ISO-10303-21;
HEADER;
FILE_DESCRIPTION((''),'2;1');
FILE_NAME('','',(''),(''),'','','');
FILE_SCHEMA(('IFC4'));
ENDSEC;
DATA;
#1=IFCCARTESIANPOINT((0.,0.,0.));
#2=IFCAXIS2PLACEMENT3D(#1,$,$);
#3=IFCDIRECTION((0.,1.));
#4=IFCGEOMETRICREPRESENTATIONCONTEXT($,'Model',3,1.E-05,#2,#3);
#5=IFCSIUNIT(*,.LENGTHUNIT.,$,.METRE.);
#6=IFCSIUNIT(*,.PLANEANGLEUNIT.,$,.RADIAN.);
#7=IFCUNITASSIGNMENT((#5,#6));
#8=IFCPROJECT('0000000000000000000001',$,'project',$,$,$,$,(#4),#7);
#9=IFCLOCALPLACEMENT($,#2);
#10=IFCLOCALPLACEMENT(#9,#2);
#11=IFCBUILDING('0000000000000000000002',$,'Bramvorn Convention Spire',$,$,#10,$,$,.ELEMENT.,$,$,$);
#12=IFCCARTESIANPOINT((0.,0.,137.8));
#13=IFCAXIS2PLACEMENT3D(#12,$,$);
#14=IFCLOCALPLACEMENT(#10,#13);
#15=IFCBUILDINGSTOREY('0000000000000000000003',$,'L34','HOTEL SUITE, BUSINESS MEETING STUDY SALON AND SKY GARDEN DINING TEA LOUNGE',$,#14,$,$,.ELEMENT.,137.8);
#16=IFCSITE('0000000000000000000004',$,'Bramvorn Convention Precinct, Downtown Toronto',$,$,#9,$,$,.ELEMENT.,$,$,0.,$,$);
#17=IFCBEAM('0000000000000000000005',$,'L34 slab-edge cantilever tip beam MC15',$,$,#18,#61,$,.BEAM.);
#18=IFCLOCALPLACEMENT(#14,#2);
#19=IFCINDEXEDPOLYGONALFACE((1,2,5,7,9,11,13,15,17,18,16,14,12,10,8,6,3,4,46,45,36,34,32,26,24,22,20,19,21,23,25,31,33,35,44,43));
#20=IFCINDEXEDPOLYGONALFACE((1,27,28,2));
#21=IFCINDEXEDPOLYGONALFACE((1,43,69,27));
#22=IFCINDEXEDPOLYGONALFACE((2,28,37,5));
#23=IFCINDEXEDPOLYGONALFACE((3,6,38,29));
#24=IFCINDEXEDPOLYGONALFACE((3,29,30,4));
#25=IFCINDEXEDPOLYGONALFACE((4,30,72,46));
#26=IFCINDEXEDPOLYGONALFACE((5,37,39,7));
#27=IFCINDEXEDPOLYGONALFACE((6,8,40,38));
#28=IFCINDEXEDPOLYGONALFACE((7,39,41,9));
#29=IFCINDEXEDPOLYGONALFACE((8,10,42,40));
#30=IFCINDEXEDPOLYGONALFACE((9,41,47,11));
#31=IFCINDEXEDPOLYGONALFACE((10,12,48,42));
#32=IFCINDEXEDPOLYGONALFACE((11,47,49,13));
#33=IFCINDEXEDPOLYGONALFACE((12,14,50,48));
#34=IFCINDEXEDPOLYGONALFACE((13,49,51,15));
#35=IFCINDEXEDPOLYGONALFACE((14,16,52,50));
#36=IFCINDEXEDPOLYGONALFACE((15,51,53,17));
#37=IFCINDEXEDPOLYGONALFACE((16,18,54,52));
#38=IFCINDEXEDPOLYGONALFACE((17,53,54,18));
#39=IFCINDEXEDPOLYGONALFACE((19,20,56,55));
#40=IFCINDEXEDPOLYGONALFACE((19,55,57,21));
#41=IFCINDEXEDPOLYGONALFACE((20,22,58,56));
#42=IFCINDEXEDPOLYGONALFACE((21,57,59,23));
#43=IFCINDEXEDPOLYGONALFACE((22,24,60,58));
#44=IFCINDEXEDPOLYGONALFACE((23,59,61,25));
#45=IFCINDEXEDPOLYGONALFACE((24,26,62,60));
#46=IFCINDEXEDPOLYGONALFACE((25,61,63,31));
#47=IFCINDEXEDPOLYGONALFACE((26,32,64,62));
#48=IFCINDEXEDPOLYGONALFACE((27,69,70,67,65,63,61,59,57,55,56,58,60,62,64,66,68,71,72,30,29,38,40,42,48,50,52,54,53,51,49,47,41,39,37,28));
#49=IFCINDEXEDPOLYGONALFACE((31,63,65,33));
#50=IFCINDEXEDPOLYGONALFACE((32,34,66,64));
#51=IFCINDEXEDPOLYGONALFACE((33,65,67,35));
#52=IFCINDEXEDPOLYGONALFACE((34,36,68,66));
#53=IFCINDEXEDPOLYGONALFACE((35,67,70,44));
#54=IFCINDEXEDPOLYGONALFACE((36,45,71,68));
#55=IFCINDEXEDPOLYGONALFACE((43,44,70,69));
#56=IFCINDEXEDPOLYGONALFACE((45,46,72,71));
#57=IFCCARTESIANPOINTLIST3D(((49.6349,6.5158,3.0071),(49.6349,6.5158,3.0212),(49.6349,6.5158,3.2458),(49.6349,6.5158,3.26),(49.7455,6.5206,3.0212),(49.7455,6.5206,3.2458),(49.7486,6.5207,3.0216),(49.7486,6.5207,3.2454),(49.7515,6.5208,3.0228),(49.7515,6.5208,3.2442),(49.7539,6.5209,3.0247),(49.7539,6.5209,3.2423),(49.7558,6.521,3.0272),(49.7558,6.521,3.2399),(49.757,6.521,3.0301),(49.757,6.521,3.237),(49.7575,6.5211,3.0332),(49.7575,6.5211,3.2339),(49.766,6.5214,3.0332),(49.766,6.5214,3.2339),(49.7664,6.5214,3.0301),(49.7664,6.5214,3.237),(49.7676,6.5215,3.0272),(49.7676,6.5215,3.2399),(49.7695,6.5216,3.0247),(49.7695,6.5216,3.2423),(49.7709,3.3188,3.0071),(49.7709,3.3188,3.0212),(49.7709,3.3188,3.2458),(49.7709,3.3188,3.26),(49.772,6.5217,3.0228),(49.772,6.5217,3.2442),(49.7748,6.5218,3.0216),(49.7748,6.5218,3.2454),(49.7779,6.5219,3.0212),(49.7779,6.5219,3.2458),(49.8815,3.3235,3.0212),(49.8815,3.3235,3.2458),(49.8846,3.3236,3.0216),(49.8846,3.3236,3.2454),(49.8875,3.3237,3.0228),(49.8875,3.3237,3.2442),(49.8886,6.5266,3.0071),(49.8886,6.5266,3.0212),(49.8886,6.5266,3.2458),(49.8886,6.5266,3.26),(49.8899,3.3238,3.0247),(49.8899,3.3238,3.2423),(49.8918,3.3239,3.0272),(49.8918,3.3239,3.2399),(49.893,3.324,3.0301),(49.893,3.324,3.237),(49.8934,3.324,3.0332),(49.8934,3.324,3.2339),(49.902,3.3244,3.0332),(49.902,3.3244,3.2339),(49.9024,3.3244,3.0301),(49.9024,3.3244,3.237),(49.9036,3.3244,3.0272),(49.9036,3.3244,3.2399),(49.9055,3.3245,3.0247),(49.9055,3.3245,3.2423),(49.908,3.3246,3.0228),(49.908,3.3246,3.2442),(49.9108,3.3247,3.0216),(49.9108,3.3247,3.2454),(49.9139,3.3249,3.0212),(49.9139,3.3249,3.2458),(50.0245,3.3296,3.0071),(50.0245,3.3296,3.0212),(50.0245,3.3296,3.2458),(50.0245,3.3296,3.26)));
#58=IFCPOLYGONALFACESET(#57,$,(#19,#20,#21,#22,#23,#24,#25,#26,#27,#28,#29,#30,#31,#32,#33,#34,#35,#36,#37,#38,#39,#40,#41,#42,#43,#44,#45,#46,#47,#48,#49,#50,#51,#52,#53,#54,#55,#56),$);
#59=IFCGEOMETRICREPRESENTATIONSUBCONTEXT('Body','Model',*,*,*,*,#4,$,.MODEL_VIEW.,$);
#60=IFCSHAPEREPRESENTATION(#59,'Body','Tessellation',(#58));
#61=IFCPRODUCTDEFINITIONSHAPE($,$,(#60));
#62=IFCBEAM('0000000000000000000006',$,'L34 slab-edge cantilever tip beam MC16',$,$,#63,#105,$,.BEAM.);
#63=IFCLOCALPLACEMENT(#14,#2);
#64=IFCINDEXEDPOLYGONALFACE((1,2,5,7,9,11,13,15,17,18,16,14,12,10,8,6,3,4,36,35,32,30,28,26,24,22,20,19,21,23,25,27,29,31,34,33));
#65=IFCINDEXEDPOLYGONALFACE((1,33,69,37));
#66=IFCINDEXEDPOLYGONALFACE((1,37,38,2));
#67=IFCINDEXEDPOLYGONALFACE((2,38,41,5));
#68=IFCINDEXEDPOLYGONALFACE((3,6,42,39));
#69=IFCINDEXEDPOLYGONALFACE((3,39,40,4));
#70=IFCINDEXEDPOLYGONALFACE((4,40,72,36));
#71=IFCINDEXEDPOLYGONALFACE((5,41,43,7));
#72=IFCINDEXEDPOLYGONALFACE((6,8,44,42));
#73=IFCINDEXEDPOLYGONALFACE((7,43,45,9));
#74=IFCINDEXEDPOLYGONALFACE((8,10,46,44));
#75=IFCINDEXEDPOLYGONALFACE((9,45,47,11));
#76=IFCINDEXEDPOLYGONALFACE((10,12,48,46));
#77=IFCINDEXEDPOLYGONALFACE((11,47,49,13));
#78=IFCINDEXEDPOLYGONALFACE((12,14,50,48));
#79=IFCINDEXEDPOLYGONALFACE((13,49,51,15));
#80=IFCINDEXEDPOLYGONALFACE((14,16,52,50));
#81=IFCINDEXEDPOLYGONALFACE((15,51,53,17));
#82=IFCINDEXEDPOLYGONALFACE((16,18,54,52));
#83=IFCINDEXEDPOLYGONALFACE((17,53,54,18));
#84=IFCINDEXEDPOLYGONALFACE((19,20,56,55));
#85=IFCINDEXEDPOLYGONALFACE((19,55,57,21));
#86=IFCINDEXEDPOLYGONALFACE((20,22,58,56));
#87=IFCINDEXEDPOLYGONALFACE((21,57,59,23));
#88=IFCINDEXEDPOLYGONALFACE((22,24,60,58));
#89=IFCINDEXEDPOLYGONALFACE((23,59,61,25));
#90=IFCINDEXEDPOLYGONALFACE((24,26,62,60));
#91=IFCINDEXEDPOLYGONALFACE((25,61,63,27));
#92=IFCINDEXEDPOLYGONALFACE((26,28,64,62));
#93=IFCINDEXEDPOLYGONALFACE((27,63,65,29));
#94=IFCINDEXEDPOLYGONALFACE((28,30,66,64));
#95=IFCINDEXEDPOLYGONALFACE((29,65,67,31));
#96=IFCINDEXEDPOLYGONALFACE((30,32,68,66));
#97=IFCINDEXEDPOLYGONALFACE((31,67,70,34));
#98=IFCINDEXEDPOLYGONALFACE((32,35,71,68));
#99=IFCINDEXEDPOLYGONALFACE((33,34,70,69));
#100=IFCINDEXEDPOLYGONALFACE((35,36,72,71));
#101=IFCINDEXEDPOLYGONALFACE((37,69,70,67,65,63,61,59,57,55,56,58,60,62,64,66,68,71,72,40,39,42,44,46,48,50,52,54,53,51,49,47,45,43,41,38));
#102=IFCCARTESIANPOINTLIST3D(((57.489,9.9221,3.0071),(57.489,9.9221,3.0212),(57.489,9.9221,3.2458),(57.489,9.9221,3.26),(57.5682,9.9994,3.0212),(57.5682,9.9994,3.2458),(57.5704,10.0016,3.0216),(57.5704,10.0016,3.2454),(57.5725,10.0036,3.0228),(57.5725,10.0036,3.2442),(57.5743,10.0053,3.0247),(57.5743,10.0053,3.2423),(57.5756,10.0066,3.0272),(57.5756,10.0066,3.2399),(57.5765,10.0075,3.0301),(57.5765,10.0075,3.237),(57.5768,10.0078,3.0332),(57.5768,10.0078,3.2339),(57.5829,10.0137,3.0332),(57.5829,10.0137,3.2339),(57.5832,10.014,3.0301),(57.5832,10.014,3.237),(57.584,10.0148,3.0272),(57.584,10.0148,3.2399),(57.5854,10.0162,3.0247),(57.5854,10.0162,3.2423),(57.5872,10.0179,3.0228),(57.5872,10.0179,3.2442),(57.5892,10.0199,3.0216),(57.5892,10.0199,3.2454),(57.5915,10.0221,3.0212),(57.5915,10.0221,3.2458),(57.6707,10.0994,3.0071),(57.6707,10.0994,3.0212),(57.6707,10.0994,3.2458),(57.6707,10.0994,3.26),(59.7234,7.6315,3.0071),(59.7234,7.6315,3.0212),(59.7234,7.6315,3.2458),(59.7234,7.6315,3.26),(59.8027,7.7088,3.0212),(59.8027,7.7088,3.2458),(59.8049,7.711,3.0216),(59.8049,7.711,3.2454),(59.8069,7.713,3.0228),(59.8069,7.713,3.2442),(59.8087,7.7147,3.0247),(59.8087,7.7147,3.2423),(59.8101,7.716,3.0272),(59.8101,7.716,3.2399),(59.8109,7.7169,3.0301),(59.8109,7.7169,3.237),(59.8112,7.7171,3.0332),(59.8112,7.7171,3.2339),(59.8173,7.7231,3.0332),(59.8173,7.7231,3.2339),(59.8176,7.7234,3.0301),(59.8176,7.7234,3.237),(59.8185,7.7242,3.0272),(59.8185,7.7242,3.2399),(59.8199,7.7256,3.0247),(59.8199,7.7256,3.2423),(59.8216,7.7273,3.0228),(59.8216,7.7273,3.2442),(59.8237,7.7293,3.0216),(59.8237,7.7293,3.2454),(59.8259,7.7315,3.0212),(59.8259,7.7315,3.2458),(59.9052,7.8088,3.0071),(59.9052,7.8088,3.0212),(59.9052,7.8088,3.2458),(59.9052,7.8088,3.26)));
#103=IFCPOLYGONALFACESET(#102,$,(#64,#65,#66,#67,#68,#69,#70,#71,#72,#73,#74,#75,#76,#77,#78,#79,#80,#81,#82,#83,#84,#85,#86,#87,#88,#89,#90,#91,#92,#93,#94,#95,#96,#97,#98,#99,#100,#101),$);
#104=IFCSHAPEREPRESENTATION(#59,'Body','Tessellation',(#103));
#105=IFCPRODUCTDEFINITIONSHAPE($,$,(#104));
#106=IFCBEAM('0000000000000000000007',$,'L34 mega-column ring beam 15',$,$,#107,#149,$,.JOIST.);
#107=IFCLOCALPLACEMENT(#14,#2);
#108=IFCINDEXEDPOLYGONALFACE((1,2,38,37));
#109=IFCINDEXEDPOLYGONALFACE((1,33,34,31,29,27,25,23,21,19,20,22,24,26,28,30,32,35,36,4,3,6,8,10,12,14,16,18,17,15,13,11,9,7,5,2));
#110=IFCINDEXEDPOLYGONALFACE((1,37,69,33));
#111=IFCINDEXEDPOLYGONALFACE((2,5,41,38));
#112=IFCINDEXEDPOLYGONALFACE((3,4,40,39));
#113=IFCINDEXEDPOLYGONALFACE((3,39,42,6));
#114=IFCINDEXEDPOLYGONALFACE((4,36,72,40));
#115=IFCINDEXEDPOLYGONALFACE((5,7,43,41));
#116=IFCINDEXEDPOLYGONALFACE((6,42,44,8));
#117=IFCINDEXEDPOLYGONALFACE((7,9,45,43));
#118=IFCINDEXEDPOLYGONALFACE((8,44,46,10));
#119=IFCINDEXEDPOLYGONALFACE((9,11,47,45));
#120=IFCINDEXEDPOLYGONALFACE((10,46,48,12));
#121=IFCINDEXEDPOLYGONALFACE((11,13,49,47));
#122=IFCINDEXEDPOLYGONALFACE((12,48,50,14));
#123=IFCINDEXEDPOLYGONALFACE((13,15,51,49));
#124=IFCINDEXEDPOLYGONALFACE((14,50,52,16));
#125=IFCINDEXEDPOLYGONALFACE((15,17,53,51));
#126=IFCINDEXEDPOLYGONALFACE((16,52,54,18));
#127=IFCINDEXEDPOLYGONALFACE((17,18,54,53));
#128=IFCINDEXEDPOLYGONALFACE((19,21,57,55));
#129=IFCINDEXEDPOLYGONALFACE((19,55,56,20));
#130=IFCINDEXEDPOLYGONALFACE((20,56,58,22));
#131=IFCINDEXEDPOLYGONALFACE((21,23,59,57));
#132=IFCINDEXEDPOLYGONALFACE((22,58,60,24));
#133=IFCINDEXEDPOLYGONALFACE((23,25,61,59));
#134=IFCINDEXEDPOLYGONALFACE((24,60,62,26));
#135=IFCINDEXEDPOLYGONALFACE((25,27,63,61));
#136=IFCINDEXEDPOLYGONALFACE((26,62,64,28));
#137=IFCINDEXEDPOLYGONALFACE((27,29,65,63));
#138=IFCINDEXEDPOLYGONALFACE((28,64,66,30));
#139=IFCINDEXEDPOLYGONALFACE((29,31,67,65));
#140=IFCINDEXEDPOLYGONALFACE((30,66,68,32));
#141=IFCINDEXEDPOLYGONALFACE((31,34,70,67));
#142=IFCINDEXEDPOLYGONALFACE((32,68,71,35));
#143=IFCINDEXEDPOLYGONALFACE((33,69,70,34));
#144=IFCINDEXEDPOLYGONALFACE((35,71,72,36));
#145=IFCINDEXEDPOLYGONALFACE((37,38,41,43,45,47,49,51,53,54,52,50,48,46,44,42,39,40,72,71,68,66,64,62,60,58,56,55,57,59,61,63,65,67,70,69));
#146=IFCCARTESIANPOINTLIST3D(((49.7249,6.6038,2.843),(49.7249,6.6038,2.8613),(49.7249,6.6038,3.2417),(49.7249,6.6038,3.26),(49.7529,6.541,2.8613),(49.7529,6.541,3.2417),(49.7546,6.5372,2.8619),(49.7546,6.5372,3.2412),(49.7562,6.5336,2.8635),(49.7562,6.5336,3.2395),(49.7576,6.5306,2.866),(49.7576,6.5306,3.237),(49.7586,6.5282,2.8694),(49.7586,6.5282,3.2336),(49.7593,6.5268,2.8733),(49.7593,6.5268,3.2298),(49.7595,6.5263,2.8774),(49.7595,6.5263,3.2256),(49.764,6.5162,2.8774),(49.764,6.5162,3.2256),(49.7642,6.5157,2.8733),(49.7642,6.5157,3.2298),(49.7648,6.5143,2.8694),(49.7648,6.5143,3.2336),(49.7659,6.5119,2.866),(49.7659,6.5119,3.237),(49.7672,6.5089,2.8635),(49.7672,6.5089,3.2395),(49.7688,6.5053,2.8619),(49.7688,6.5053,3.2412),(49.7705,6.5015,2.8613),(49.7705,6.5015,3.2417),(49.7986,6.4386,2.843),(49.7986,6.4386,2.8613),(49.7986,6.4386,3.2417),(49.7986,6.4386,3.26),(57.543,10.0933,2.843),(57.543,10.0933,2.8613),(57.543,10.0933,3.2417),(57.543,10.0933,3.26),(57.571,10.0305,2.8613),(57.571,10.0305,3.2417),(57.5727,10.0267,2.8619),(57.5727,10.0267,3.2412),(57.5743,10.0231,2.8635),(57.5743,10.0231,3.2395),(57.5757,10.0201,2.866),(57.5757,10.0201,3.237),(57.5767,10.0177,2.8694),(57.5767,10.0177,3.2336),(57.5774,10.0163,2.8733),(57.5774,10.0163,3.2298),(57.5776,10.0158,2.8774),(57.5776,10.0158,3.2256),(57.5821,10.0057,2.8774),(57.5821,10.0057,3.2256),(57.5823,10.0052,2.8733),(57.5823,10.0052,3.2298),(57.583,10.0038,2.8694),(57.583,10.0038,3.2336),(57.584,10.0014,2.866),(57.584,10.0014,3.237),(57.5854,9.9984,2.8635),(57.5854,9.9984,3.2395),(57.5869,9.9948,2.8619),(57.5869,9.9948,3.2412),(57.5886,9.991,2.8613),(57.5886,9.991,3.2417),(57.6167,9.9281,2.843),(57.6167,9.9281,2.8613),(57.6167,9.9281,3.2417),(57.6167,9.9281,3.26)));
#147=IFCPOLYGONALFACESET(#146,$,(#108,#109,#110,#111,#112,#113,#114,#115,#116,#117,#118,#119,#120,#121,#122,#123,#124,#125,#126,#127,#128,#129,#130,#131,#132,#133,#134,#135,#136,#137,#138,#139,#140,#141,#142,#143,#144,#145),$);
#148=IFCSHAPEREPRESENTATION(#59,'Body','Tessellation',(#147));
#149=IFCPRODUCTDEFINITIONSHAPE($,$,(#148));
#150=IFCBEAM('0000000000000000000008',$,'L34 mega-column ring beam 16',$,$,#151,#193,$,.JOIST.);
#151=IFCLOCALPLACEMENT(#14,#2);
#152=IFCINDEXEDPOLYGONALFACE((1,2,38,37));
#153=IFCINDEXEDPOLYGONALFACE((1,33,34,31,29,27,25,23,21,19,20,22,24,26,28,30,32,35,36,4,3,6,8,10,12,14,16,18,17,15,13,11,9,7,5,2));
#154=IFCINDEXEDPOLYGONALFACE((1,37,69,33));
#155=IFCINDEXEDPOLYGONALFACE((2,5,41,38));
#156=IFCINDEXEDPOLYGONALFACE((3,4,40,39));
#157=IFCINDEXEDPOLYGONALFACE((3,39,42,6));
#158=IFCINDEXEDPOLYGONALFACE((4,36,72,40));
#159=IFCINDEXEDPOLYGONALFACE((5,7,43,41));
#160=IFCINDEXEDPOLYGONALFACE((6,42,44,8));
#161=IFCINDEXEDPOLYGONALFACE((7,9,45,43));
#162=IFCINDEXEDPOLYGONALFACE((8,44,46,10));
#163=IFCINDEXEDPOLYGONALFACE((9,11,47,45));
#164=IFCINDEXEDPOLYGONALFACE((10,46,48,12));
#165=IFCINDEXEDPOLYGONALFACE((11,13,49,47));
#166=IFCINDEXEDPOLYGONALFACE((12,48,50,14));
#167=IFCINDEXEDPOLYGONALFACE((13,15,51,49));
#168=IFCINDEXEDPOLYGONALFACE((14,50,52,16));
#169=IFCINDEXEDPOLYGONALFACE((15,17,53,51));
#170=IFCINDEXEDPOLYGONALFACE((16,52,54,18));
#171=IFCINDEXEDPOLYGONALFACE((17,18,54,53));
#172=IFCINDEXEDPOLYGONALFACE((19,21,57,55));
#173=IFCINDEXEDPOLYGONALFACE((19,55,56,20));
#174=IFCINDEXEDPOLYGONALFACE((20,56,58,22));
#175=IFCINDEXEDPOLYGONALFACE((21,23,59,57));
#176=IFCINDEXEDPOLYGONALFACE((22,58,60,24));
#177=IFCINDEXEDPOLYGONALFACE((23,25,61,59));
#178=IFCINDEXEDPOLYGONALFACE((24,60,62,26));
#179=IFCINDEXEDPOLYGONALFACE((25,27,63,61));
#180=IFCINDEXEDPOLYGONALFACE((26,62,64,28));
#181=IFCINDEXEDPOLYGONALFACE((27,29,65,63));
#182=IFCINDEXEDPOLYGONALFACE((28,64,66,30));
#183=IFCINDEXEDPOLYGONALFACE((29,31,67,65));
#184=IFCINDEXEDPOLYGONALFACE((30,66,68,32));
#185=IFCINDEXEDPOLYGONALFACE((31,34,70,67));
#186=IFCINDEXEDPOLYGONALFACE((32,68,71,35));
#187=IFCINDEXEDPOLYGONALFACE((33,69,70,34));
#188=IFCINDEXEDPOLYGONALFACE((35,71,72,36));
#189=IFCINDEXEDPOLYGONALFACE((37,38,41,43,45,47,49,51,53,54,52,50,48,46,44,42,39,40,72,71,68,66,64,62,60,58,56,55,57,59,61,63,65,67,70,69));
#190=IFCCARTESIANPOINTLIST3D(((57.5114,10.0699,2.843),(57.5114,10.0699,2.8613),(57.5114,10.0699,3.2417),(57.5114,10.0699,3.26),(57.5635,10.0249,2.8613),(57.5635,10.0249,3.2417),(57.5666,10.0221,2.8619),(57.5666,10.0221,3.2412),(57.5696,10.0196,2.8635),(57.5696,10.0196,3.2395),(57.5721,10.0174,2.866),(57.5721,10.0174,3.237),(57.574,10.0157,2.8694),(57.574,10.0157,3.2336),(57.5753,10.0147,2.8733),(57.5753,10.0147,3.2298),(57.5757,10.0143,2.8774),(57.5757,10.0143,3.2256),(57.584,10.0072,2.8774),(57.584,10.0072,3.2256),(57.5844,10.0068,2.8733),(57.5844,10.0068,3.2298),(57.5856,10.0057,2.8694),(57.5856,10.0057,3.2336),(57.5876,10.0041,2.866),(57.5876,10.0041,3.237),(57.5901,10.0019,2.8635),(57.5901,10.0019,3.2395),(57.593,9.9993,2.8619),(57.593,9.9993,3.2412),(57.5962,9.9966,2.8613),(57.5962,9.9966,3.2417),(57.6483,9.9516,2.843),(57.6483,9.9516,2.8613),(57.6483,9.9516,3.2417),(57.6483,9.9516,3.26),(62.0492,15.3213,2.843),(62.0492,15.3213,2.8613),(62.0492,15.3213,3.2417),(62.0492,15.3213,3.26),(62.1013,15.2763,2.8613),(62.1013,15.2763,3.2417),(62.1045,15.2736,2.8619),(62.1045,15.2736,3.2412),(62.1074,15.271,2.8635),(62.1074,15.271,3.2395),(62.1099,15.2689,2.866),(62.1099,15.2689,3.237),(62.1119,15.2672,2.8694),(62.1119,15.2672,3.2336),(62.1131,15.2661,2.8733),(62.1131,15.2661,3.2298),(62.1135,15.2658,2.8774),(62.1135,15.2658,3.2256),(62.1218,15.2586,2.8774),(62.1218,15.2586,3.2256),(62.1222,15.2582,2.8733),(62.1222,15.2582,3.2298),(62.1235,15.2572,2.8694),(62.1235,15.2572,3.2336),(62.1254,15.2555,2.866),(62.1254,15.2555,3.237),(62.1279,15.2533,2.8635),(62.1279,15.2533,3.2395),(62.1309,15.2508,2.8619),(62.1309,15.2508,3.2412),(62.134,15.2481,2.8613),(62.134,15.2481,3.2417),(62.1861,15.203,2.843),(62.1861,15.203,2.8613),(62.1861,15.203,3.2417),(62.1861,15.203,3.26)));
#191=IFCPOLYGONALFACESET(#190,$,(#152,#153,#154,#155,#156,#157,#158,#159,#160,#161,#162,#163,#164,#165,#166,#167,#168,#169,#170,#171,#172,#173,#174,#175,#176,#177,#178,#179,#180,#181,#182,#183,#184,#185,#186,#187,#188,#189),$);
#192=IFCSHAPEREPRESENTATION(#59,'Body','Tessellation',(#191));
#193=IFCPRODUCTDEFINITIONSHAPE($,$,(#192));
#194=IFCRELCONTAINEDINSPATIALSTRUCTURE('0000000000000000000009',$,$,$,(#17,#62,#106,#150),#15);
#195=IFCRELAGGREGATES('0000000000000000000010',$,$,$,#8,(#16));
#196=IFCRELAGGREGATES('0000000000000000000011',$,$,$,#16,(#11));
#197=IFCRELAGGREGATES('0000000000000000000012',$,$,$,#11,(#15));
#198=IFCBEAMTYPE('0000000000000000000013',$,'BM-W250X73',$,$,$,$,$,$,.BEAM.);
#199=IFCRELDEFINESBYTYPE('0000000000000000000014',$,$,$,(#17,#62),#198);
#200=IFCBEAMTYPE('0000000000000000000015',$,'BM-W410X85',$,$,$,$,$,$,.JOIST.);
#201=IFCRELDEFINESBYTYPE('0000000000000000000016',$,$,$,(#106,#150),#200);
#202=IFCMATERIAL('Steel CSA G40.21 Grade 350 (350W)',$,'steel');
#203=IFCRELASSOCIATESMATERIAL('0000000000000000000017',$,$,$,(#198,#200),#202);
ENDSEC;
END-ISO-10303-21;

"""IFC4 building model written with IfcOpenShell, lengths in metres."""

from ifc_helpers import new_model, si_unit, direction, frame, origin, origin_2d, place, context, subcontext, project, spatial, i_section, extrude, material, material_profile, profile_set, type_object, element, save


model = new_model("IFC4")

# Units and contexts
model_context = context("Model", 3, precision=1e-05, world=origin(), true_north=direction((0.0, 1.0)))
body_context = subcontext(model_context, "Body", "Model", "MODEL_VIEW")
ifc_project = project(units=[si_unit("LENGTHUNIT", "METRE"), si_unit("PLANEANGLEUNIT", "RADIAN")], contexts=[model_context])

# Site, building, storey
site_placement = place(None, origin())
site = spatial("IfcSite", under=ifc_project, at=site_placement, Name="Bramvorn Convention Precinct, Downtown Toronto", CompositionType="ELEMENT", RefElevation=0.0)
building_placement = place(site_placement, origin())
building = spatial("IfcBuilding", under=site, at=building_placement, Name="Bramvorn Convention Spire", CompositionType="ELEMENT")
storey_placement = place(building_placement, frame((0.0, 0.0, 137.8)))
storey = spatial("IfcBuildingStorey", under=building, at=storey_placement, Name="L34", Description="HOTEL SUITE, BUSINESS MEETING STUDY SALON AND SKY GARDEN DINING TEA LOUNGE", CompositionType="ELEMENT", Elevation=137.8)

# Shared definitions
ifc_material_1 = material(Name="Steel CSA G40.21 Grade 350 (350W)", Category="steel")

# Beams
ifc_material_profile_1 = material_profile(ifc_material_1, i_section(OverallWidth=0.2539, OverallDepth=0.2529, WebThickness=0.0085, FlangeThickness=0.0142, FilletRadius=0.012, at=origin_2d()))
ifc_profile_set_1 = profile_set([ifc_material_profile_1], Name="Steel CSA G40.21 Grade 350 (350W) - W250X73")
beam_type_1 = type_object("IfcBeamType", Name="BM-W250X73", PredefinedType="BEAM", material=ifc_profile_set_1)
for number, where, z_axis, x_axis, name in (
    (1, (49.7617, 6.5212, 3.1335), (0.042497, -0.999097, 0.0), (0.999097, 0.042497, 0.0), "L34 slab-edge cantilever tip beam MC15"),
    (2, (57.5798, 10.0107, 3.1335), (0.698278, -0.715827, 0.0), (0.715827, 0.698278, 0.0), "L34 slab-edge cantilever tip beam MC16"),
):
    element("IfcBeam", number, at=place(storey_placement, frame(where, z_axis=z_axis, x_axis=x_axis)), inside=storey, type_object=beam_type_1, Name=name, PredefinedType="BEAM", context=body_context, shape_type="SweptSolid", body=[
        extrude(i_section(OverallWidth=0.2539, OverallDepth=0.2529, WebThickness=0.0085, FlangeThickness=0.0142, FilletRadius=0.012, at=origin_2d()), origin(), (0.0, 0.0, 1.0), 3.2),
    ])
ifc_material_profile_2 = material_profile(ifc_material_1, i_section(OverallWidth=0.1809, OverallDepth=0.417, WebThickness=0.011, FlangeThickness=0.0183, FilletRadius=0.0161, at=origin_2d()))
ifc_profile_set_2 = profile_set([ifc_material_profile_2], Name="Steel CSA G40.21 Grade 350 (350W) - W410X85")
beam_type_2 = type_object("IfcBeamType", Name="BM-W410X85", PredefinedType="JOIST", material=ifc_profile_set_2)
beam_1_placement = place(storey_placement, frame((49.7617, 6.5212, 3.0515), z_axis=(0.91317, 0.40758, 0.0), x_axis=(-0.40758, 0.91317, 0.0)))
element("IfcBeam", 3, at=beam_1_placement, inside=storey, type_object=beam_type_2, Name="L34 mega-column ring beam 15", PredefinedType="JOIST", context=body_context, shape_type="SweptSolid", body=[
    extrude(i_section(OverallWidth=0.1809, OverallDepth=0.417, WebThickness=0.011, FlangeThickness=0.0183, FilletRadius=0.0161, at=origin_2d()), origin(), (0.0, 0.0, 1.0), 8.5615),
])
beam_2_placement = place(storey_placement, frame((57.5798, 10.0107, 3.0515), z_axis=(0.653825, 0.756646, 0.0), x_axis=(-0.756646, 0.653825, 0.0)))
element("IfcBeam", 4, at=beam_2_placement, inside=storey, type_object=beam_type_2, Name="L34 mega-column ring beam 16", PredefinedType="JOIST", context=body_context, shape_type="SweptSolid", body=[
    extrude(i_section(OverallWidth=0.1809, OverallDepth=0.417, WebThickness=0.011, FlangeThickness=0.0183, FilletRadius=0.0161, at=origin_2d()), origin(), (0.0, 0.0, 1.0), 6.9404),
])

save(model, "model.ifc")
